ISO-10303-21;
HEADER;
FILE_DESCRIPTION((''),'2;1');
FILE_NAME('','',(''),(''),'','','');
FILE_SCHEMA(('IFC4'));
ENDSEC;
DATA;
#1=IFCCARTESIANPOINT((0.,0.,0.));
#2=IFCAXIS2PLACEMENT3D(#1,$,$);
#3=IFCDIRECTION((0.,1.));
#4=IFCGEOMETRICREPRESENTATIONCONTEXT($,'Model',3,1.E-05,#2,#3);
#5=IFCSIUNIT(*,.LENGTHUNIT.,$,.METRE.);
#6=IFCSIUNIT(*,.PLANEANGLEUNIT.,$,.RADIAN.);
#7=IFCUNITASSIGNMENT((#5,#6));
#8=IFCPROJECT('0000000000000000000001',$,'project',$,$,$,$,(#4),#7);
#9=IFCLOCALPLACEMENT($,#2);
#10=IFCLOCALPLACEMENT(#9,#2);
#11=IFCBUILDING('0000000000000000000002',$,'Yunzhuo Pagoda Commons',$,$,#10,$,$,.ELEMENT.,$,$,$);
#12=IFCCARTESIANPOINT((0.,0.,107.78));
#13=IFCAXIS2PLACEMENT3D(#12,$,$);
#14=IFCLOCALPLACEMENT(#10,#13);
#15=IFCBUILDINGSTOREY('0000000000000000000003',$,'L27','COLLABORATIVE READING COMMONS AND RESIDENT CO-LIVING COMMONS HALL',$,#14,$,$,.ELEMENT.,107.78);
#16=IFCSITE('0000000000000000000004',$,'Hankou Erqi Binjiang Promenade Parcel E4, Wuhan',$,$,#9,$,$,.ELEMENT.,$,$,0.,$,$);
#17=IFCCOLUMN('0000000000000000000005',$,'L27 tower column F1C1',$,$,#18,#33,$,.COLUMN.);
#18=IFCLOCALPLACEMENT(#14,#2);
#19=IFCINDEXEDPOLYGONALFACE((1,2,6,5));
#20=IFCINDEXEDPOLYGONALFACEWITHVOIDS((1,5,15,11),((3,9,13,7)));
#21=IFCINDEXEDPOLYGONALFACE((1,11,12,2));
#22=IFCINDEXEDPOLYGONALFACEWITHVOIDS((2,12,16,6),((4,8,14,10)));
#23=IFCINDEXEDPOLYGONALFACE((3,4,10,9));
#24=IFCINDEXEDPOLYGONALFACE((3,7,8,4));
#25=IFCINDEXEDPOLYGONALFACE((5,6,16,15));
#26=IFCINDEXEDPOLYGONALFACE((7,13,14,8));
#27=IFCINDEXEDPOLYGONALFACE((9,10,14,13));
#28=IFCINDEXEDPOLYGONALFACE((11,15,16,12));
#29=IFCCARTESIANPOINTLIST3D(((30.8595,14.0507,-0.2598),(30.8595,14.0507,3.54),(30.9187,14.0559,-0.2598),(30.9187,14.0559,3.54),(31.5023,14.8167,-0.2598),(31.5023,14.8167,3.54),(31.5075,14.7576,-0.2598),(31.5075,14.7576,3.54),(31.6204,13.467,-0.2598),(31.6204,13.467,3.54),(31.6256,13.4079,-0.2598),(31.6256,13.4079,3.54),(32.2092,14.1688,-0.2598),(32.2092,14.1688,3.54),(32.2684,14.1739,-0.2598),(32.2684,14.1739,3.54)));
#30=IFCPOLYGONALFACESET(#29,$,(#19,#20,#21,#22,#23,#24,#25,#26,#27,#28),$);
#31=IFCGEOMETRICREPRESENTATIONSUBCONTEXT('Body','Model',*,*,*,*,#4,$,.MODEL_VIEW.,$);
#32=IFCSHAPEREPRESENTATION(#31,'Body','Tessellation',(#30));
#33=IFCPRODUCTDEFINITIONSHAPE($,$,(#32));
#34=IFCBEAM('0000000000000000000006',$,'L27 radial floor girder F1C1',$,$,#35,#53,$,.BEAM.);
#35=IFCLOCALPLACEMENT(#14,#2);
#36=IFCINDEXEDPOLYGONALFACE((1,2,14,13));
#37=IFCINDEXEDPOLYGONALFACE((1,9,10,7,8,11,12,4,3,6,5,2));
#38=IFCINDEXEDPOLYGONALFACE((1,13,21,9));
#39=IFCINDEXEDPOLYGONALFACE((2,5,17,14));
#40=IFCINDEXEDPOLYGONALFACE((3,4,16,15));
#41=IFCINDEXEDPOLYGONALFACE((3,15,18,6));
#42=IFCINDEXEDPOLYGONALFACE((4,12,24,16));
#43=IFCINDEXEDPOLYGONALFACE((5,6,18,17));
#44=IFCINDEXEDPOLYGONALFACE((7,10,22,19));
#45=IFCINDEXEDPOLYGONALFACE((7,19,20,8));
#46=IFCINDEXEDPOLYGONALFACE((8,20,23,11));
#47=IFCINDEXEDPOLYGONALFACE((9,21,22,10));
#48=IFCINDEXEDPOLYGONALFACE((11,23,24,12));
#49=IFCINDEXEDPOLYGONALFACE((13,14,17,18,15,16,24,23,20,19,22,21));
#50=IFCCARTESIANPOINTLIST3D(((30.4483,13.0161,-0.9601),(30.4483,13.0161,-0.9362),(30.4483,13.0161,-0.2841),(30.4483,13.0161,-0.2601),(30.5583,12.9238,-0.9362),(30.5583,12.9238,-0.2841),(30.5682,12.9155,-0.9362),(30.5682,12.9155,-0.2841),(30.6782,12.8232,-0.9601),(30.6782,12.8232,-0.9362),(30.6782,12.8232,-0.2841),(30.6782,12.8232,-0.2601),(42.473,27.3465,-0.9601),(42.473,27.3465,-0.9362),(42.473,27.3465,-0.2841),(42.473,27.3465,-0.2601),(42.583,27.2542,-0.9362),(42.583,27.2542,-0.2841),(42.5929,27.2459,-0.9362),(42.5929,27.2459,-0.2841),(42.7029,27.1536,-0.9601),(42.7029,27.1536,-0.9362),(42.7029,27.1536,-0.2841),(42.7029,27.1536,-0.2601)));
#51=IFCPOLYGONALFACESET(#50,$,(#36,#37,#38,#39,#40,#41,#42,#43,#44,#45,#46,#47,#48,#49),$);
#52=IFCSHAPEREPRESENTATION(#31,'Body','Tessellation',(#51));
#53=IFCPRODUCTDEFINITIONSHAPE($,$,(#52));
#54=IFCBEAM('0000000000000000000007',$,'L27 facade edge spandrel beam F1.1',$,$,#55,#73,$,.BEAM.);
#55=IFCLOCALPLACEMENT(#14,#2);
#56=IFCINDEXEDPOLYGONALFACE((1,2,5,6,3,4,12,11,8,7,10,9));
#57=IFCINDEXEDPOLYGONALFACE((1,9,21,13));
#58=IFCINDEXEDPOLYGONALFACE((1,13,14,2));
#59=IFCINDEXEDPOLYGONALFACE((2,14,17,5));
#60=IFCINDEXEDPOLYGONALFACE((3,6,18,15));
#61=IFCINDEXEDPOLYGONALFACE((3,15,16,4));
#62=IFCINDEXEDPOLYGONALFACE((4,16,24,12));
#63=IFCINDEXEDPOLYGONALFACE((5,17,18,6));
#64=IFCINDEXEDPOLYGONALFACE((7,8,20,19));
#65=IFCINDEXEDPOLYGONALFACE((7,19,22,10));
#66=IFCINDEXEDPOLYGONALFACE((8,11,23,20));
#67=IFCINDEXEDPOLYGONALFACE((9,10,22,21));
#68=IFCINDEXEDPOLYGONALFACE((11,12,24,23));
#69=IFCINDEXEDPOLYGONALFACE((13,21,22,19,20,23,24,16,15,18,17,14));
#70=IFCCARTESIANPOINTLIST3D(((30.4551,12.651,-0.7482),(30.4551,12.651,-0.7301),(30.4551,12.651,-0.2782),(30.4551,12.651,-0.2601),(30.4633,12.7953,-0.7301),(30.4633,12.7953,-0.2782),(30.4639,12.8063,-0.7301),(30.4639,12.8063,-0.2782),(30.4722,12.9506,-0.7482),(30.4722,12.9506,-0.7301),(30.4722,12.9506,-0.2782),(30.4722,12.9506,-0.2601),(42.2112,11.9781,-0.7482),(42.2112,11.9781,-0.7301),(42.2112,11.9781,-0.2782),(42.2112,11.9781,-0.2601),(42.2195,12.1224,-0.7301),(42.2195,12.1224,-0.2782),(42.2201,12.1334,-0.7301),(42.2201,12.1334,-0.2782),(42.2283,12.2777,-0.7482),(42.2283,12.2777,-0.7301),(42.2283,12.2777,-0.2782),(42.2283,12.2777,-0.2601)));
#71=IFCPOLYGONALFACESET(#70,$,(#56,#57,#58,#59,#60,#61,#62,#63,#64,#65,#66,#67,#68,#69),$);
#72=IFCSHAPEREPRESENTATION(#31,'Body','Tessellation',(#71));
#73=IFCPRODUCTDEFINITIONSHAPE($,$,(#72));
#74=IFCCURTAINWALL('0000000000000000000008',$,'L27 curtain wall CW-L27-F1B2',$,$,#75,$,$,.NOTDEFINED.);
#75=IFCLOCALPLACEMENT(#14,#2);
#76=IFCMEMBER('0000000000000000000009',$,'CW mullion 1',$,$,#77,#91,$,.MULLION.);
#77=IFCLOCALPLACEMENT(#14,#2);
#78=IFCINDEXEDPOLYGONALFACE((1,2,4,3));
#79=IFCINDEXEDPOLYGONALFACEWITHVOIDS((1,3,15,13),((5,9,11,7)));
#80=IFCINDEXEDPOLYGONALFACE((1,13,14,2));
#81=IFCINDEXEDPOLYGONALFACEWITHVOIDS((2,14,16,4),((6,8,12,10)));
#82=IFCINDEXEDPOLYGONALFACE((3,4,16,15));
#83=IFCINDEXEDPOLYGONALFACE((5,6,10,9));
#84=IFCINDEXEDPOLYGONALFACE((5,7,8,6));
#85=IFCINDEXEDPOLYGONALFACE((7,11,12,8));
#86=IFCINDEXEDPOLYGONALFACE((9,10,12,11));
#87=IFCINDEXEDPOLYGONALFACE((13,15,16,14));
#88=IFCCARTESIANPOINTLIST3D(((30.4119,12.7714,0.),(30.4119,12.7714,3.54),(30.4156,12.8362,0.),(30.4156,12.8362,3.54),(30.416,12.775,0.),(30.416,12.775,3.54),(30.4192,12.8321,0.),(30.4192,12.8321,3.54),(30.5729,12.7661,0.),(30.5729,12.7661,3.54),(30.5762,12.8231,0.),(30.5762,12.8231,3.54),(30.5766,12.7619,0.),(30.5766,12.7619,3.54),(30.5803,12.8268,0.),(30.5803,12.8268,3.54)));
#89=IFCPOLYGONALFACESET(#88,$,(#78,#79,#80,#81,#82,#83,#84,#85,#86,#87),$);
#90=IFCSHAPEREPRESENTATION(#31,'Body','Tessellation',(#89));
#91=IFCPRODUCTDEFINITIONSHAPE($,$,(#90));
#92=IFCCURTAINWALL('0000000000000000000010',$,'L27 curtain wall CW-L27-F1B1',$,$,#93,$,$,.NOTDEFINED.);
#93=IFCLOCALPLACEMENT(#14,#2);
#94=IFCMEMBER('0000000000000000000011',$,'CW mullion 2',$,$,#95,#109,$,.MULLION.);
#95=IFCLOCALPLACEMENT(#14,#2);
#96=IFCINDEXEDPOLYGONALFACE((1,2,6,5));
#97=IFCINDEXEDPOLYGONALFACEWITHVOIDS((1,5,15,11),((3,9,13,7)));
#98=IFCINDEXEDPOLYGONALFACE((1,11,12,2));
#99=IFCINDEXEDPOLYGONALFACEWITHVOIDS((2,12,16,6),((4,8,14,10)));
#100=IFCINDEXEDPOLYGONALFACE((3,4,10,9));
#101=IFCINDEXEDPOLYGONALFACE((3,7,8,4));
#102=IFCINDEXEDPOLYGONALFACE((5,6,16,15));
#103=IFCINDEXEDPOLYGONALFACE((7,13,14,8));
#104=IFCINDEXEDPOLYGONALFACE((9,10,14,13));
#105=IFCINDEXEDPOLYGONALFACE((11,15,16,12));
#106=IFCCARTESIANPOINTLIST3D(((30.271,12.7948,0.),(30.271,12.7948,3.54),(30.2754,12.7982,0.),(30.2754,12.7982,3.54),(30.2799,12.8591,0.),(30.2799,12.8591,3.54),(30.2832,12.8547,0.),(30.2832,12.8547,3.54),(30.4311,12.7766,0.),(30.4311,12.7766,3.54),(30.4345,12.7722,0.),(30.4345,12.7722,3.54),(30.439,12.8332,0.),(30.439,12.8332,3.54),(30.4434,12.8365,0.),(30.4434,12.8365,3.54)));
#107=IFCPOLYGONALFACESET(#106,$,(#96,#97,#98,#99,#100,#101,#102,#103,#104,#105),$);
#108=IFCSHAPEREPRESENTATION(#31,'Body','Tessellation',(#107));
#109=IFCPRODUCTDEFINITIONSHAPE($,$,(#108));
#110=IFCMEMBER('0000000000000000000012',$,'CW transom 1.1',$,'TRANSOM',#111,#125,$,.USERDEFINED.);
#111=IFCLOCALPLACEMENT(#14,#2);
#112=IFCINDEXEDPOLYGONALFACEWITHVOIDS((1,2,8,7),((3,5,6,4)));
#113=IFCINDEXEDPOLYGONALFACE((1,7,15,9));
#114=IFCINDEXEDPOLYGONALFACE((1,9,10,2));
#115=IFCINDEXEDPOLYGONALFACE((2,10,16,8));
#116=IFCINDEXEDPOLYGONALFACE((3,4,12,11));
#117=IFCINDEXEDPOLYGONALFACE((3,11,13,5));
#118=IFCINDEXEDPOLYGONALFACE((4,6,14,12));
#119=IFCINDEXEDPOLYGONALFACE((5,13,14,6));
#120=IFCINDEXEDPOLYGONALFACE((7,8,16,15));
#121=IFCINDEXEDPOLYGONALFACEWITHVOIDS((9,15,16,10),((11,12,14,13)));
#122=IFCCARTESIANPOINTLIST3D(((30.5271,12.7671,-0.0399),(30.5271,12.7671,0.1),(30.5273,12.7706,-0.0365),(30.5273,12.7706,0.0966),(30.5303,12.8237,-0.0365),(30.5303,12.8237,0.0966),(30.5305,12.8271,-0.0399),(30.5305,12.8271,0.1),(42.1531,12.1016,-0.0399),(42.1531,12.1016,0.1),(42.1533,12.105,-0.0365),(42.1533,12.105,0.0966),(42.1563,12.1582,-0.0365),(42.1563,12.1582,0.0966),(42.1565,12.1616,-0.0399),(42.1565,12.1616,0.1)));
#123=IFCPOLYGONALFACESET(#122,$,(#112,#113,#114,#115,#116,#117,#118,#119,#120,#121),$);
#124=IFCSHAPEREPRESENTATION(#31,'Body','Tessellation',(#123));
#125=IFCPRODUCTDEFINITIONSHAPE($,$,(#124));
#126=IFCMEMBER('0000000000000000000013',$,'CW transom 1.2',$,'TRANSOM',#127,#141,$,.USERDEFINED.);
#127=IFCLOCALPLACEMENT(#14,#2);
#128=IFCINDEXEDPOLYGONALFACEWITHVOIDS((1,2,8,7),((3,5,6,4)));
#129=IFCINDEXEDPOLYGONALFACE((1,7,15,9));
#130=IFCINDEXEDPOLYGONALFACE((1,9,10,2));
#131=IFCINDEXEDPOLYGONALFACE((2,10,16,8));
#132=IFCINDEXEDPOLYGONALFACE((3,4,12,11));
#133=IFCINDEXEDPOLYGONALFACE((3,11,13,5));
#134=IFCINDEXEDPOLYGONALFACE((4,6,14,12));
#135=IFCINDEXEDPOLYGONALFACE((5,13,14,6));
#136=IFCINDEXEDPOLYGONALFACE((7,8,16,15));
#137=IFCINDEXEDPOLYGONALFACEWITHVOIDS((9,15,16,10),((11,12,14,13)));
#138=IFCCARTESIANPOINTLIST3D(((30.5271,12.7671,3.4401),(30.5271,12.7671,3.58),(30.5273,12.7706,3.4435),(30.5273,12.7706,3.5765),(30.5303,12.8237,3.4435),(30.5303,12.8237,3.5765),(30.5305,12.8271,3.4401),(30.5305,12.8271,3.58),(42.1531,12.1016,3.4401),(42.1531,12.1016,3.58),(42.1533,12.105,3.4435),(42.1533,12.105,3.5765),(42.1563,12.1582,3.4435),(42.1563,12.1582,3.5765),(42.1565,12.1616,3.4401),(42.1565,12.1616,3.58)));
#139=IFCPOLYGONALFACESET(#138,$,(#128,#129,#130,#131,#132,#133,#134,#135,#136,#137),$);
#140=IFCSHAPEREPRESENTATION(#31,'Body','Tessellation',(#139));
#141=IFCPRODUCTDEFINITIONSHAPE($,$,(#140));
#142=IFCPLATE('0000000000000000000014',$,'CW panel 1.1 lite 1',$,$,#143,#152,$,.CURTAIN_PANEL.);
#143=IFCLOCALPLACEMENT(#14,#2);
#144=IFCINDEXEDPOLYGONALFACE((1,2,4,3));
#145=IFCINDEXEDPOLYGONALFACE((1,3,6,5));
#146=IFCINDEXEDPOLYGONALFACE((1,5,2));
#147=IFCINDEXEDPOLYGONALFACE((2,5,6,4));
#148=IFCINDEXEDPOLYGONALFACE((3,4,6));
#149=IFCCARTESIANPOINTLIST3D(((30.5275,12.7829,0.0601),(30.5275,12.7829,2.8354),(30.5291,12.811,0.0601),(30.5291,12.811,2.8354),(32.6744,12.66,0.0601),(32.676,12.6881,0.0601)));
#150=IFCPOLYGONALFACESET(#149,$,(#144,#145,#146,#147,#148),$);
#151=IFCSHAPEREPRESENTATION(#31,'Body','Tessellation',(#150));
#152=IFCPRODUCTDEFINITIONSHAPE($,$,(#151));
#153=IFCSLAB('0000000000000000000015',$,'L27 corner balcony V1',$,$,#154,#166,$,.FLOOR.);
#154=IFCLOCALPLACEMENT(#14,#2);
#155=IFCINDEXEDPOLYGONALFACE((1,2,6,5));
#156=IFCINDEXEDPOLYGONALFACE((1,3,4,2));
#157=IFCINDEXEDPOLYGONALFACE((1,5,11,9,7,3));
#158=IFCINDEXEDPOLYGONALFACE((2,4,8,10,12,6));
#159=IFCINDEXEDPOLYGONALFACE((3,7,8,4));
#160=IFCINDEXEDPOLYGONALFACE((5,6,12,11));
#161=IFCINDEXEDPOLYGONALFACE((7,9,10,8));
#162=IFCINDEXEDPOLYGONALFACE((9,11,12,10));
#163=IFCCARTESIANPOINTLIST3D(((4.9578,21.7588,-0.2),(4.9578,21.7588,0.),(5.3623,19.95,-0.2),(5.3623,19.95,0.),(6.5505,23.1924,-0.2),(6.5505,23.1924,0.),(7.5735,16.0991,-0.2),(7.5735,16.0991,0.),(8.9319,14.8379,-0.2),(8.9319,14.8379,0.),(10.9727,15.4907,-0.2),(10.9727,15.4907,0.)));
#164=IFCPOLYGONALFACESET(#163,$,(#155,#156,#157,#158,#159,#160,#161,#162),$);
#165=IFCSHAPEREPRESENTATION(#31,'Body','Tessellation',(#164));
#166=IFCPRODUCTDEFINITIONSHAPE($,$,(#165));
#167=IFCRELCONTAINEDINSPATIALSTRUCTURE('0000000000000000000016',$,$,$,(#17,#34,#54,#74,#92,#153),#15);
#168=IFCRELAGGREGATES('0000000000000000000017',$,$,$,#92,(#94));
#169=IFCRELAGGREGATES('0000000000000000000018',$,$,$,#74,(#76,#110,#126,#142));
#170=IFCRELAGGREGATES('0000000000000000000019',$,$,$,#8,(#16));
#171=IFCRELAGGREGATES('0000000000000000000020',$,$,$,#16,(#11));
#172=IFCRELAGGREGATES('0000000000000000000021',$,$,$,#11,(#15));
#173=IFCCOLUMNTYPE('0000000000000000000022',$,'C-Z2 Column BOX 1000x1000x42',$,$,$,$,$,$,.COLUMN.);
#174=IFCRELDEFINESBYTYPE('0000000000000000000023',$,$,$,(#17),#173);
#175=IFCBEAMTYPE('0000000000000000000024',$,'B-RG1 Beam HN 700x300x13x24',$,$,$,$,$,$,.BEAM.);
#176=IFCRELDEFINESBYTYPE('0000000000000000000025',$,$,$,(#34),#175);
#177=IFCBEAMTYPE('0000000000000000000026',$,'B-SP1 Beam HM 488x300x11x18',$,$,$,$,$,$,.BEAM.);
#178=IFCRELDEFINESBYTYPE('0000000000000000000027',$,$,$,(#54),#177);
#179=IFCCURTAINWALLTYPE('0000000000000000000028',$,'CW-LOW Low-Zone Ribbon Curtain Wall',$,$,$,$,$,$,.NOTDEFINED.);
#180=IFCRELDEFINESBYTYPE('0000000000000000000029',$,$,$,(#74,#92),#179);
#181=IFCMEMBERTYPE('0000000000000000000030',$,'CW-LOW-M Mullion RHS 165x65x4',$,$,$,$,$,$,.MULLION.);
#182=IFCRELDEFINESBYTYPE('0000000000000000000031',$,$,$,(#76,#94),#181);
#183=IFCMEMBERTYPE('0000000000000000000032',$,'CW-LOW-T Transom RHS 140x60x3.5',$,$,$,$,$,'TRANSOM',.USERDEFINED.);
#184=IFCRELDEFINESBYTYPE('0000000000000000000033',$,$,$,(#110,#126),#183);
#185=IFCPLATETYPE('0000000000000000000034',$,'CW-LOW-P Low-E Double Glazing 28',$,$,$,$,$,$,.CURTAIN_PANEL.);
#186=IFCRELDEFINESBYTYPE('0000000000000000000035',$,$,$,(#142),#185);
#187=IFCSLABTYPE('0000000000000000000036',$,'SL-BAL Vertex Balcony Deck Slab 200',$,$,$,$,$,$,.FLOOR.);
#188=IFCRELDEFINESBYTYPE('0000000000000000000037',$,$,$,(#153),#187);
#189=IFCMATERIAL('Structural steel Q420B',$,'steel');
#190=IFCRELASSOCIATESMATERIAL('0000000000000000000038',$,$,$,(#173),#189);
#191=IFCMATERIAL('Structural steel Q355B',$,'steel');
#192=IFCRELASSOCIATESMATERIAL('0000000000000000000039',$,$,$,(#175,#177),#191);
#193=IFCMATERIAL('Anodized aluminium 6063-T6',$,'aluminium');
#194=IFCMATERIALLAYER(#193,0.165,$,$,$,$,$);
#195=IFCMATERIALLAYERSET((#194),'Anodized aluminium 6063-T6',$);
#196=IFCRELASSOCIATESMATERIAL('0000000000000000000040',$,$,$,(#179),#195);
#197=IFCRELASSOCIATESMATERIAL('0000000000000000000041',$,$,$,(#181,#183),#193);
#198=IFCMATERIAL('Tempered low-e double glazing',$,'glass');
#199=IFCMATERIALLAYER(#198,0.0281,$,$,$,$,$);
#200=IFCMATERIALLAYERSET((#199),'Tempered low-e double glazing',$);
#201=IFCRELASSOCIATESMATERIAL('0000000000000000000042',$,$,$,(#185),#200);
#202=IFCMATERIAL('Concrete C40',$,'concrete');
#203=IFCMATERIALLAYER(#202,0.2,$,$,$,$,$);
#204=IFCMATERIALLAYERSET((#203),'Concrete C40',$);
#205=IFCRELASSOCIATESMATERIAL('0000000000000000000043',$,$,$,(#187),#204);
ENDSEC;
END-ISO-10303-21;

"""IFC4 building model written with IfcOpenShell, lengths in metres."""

from ifc_helpers import new_model, si_unit, direction, frame, origin, origin_2d, place, context, subcontext, project, spatial, polyline, hollow_rectangle, i_section, outline, extrude, source, transform, mapped, material, layer, layer_set, material_profile, profile_set, type_object, element, aggregate, save


model = new_model("IFC4")

# Units and contexts
model_context = context("Model", 3, precision=1e-05, world=origin(), true_north=direction((0.0, 1.0)))
body_context = subcontext(model_context, "Body", "Model", "MODEL_VIEW")
ifc_project = project(units=[si_unit("LENGTHUNIT", "METRE"), si_unit("PLANEANGLEUNIT", "RADIAN")], contexts=[model_context])

# Site, building, storey
site_placement = place(None, origin())
site = spatial("IfcSite", under=ifc_project, at=site_placement, Name="Hankou Erqi Binjiang Promenade Parcel E4, Wuhan", CompositionType="ELEMENT", RefElevation=0.0)
building_placement = place(site_placement, origin())
building = spatial("IfcBuilding", under=site, at=building_placement, Name="Yunzhuo Pagoda Commons", CompositionType="ELEMENT")
storey_placement = place(building_placement, frame((0.0, 0.0, 107.78)))
storey = spatial("IfcBuildingStorey", under=building, at=storey_placement, Name="L27", Description="COLLABORATIVE READING COMMONS AND RESIDENT CO-LIVING COMMONS HALL", CompositionType="ELEMENT", Elevation=107.78)

# Column
ifc_material_1 = material(Name="Structural steel Q420B", Category="steel")
ifc_material_profile_1 = material_profile(ifc_material_1, hollow_rectangle(XDim=1.0, YDim=1.0, WallThickness=0.042, at=origin_2d()), Name="Structural steel Q420B")
ifc_profile_set_1 = profile_set([ifc_material_profile_1], Name="Structural steel Q420B")
column_type = type_object("IfcColumnType", Name="C-Z2 Column BOX 1000x1000x42", PredefinedType="COLUMN", material=ifc_profile_set_1)
shared_shape_1 = source(origin(), body_context, "Body", "SweptSolid", [
    extrude(hollow_rectangle(XDim=1.0, YDim=1.0, WallThickness=0.042, at=origin_2d()), origin(), (0.0, 0.0, 1.0), 3.7998),
])
column_placement = place(storey_placement, frame((31.564, 14.1123, -0.2598), z_axis=(0.0, 0.0, 1.0), x_axis=(0.766044, -0.642788, 0.0)))
element("IfcColumn", 1, at=column_placement, inside=storey, type_object=column_type, Name="L27 tower column F1C1", PredefinedType="COLUMN", context=body_context, shape_type="MappedRepresentation", body=[
    mapped(shared_shape_1, transform((0.0, 0.0, 0.0), scale=1.0)),
])

# Beams
ifc_material_2 = material(Name="Structural steel Q355B", Category="steel")
ifc_material_profile_2 = material_profile(ifc_material_2, i_section(OverallWidth=0.3, OverallDepth=0.7, WebThickness=0.0129, FlangeThickness=0.0239, at=origin_2d()), Name="Structural steel Q355B")
ifc_profile_set_2 = profile_set([ifc_material_profile_2], Name="Structural steel Q355B")
beam_type_1 = type_object("IfcBeamType", Name="B-RG1 Beam HN 700x300x13x24", PredefinedType="BEAM", material=ifc_profile_set_2)
shared_shape_2 = source(origin(), body_context, "Body", "SweptSolid", [
    extrude(i_section(OverallWidth=0.3, OverallDepth=0.7, WebThickness=0.0129, FlangeThickness=0.0239, at=origin_2d()), origin(), (0.0, 0.0, 1.0), 18.707),
])
beam_1_placement = place(storey_placement, frame((30.5632, 12.9197, -0.6101), z_axis=(0.64279, 0.766042, 0.0), x_axis=(-0.766042, 0.64279, 0.0)))
element("IfcBeam", 2, at=beam_1_placement, inside=storey, type_object=beam_type_1, Name="L27 radial floor girder F1C1", PredefinedType="BEAM", context=body_context, shape_type="MappedRepresentation", body=[
    mapped(shared_shape_2, transform((0.0, 0.0, 0.0), scale=1.0)),
])
ifc_material_profile_3 = material_profile(ifc_material_2, i_section(OverallWidth=0.3, OverallDepth=0.488, WebThickness=0.011, FlangeThickness=0.0181, at=origin_2d()), Name="Structural steel Q355B")
ifc_profile_set_3 = profile_set([ifc_material_profile_3], Name="Structural steel Q355B")
beam_type_2 = type_object("IfcBeamType", Name="B-SP1 Beam HM 488x300x11x18", PredefinedType="BEAM", material=ifc_profile_set_3)
shared_shape_3 = source(origin(), body_context, "Body", "SweptSolid", [
    extrude(i_section(OverallWidth=0.3, OverallDepth=0.488, WebThickness=0.011, FlangeThickness=0.0181, at=origin_2d()), origin(), (0.0, 0.0, 1.0), 11.7754),
])
beam_2_placement = place(storey_placement, frame((30.4636, 12.8008, -0.5042), z_axis=(0.998366, -0.057141, 0.0), x_axis=(0.057141, 0.998366, 0.0)))
element("IfcBeam", 3, at=beam_2_placement, inside=storey, type_object=beam_type_2, Name="L27 facade edge spandrel beam F1.1", PredefinedType="BEAM", context=body_context, shape_type="MappedRepresentation", body=[
    mapped(shared_shape_3, transform((0.0, 0.0, 0.0), scale=1.0)),
])

# Curtain walls, members
ifc_material_3 = material(Name="Anodized aluminium 6063-T6", Category="aluminium")
ifc_layer_1 = layer(ifc_material_3, 0.165)
ifc_layer_set_1 = layer_set([ifc_layer_1], Name="Anodized aluminium 6063-T6")
curtain_wall_type = type_object("IfcCurtainWallType", Name="CW-LOW Low-Zone Ribbon Curtain Wall", PredefinedType="NOTDEFINED", material=ifc_layer_set_1)
curtain_wall_1_placement = place(storey_placement, origin())
curtain_wall_1 = element("IfcCurtainWall", 4, at=curtain_wall_1_placement, inside=storey, type_object=curtain_wall_type, Name="L27 curtain wall CW-L27-F1B2", PredefinedType="NOTDEFINED")
ifc_material_profile_4 = material_profile(ifc_material_3, hollow_rectangle(XDim=0.0649, YDim=0.165, WallThickness=0.0039, at=origin_2d()), Name="Anodized aluminium 6063-T6")
ifc_profile_set_4 = profile_set([ifc_material_profile_4], Name="Anodized aluminium 6063-T6")
member_type_1 = type_object("IfcMemberType", Name="CW-LOW-M Mullion RHS 165x65x4", PredefinedType="MULLION", material=ifc_profile_set_4)
shared_shape_4 = source(origin(), body_context, "Body", "SweptSolid", [
    extrude(hollow_rectangle(XDim=0.0649, YDim=0.165, WallThickness=0.0039, at=origin_2d()), origin(), (0.0, 0.0, 1.0), 3.54),
])
member_1_placement = place(storey_placement, frame((30.4961, 12.7991, 0.0), z_axis=(0.0, 0.0, 1.0), x_axis=(0.057153, 0.998365, 0.0)))
member_1 = element("IfcMember", 5, at=member_1_placement, type_object=member_type_1, Name="CW mullion 1", PredefinedType="MULLION", context=body_context, shape_type="MappedRepresentation", body=[
    mapped(shared_shape_4, transform((0.0, 0.0, 0.0), scale=1.0)),
])
curtain_wall_2_placement = place(storey_placement, origin())
curtain_wall_2 = element("IfcCurtainWall", 6, at=curtain_wall_2_placement, inside=storey, type_object=curtain_wall_type, Name="L27 curtain wall CW-L27-F1B1", PredefinedType="NOTDEFINED")
member_2_placement = place(storey_placement, frame((30.3572, 12.8157, 0.0), z_axis=(0.0, 0.0, 1.0), x_axis=(0.137082, 0.99056, 0.0)))
member_2 = element("IfcMember", 7, at=member_2_placement, type_object=member_type_1, Name="CW mullion 2", PredefinedType="MULLION", context=body_context, shape_type="MappedRepresentation", body=[
    mapped(shared_shape_4, transform((0.0, 0.0, 0.0), scale=1.0)),
])
aggregate(curtain_wall_2, [member_2])

# Members
ifc_material_profile_5 = material_profile(ifc_material_3, hollow_rectangle(XDim=0.0601, YDim=0.1399, WallThickness=0.0034, at=origin_2d()), Name="Anodized aluminium 6063-T6")
ifc_profile_set_5 = profile_set([ifc_material_profile_5], Name="Anodized aluminium 6063-T6")
member_type_2 = type_object("IfcMemberType", Name="CW-LOW-T Transom RHS 140x60x3.5", ElementType="TRANSOM", PredefinedType="USERDEFINED", material=ifc_profile_set_5)
shared_shape_5 = source(origin(), body_context, "Body", "SweptSolid", [
    extrude(hollow_rectangle(XDim=0.0601, YDim=0.1399, WallThickness=0.0034, at=origin_2d()), origin(), (0.0, 0.0, 1.0), 11.645),
])
member_3_placement = place(storey_placement, frame((30.5288, 12.7971, 0.03), z_axis=(0.998366, -0.057151, 0.0), x_axis=(0.057151, 0.998366, 0.0)))
member_3 = element("IfcMember", 8, at=member_3_placement, type_object=member_type_2, Name="CW transom 1.1", ObjectType="TRANSOM", PredefinedType="USERDEFINED", context=body_context, shape_type="MappedRepresentation", body=[
    mapped(shared_shape_5, transform((0.0, 0.0, 0.0), scale=1.0)),
])
member_4_placement = place(storey_placement, frame((30.5288, 12.7971, 3.51), z_axis=(0.998366, -0.057151, 0.0), x_axis=(0.057151, 0.998366, 0.0)))
member_4 = element("IfcMember", 9, at=member_4_placement, type_object=member_type_2, Name="CW transom 1.2", ObjectType="TRANSOM", PredefinedType="USERDEFINED", context=body_context, shape_type="MappedRepresentation", body=[
    mapped(shared_shape_5, transform((0.0, 0.0, 0.0), scale=1.0)),
])

# Plate
ifc_material_4 = material(Name="Tempered low-e double glazing", Category="glass")
ifc_layer_2 = layer(ifc_material_4, 0.0281)
ifc_layer_set_2 = layer_set([ifc_layer_2], Name="Tempered low-e double glazing")
plate_type_1 = type_object("IfcPlateType", Name="CW-LOW-P Low-E Double Glazing 28", PredefinedType="CURTAIN_PANEL", material=ifc_layer_set_2)
plate_1_placement = place(storey_placement, frame((31.6025, 12.7495, 1.4478), z_axis=(-0.057153, -0.998365, 0.0), x_axis=(0.998365, -0.057153, 0.0)))
plate_1 = element("IfcPlate", 10, at=plate_1_placement, type_object=plate_type_1, Name="CW panel 1.1 lite 1", PredefinedType="CURTAIN_PANEL", context=body_context, shape_type="SweptSolid", body=[
    extrude(outline(polyline([(-1.0752, -1.3877), (1.0752, -1.3877), (-1.0752, 1.3877), (-1.0752, -1.3877)])), origin(), (0.0, 0.0, 1.0), 0.0281),
])
aggregate(curtain_wall_1, [member_1, member_3, member_4, plate_1])

# Slab
ifc_material_5 = material(Name="Concrete C40", Category="concrete")
ifc_layer_3 = layer(ifc_material_5, 0.2)
ifc_layer_set_3 = layer_set([ifc_layer_3], Name="Concrete C40")
slab_type_1 = type_object("IfcSlabType", Name="SL-BAL Vertex Balcony Deck Slab 200", PredefinedType="FLOOR", material=ifc_layer_set_3)
slab_1_placement = place(storey_placement, frame((0.0, 0.0, -0.2)))
element("IfcSlab", 11, at=slab_1_placement, inside=storey, type_object=slab_type_1, Name="L27 corner balcony V1", PredefinedType="FLOOR", context=body_context, shape_type="SweptSolid", body=[
    extrude(outline(polyline([(6.5505, 23.1924), (10.9727, 15.4907), (8.9319, 14.8379), (7.5735, 16.0991), (5.3623, 19.95), (4.9578, 21.7588), (6.5505, 23.1924)])), origin(), (0.0, 0.0, 1.0), 0.2),
])

save(model, "model.ifc")
